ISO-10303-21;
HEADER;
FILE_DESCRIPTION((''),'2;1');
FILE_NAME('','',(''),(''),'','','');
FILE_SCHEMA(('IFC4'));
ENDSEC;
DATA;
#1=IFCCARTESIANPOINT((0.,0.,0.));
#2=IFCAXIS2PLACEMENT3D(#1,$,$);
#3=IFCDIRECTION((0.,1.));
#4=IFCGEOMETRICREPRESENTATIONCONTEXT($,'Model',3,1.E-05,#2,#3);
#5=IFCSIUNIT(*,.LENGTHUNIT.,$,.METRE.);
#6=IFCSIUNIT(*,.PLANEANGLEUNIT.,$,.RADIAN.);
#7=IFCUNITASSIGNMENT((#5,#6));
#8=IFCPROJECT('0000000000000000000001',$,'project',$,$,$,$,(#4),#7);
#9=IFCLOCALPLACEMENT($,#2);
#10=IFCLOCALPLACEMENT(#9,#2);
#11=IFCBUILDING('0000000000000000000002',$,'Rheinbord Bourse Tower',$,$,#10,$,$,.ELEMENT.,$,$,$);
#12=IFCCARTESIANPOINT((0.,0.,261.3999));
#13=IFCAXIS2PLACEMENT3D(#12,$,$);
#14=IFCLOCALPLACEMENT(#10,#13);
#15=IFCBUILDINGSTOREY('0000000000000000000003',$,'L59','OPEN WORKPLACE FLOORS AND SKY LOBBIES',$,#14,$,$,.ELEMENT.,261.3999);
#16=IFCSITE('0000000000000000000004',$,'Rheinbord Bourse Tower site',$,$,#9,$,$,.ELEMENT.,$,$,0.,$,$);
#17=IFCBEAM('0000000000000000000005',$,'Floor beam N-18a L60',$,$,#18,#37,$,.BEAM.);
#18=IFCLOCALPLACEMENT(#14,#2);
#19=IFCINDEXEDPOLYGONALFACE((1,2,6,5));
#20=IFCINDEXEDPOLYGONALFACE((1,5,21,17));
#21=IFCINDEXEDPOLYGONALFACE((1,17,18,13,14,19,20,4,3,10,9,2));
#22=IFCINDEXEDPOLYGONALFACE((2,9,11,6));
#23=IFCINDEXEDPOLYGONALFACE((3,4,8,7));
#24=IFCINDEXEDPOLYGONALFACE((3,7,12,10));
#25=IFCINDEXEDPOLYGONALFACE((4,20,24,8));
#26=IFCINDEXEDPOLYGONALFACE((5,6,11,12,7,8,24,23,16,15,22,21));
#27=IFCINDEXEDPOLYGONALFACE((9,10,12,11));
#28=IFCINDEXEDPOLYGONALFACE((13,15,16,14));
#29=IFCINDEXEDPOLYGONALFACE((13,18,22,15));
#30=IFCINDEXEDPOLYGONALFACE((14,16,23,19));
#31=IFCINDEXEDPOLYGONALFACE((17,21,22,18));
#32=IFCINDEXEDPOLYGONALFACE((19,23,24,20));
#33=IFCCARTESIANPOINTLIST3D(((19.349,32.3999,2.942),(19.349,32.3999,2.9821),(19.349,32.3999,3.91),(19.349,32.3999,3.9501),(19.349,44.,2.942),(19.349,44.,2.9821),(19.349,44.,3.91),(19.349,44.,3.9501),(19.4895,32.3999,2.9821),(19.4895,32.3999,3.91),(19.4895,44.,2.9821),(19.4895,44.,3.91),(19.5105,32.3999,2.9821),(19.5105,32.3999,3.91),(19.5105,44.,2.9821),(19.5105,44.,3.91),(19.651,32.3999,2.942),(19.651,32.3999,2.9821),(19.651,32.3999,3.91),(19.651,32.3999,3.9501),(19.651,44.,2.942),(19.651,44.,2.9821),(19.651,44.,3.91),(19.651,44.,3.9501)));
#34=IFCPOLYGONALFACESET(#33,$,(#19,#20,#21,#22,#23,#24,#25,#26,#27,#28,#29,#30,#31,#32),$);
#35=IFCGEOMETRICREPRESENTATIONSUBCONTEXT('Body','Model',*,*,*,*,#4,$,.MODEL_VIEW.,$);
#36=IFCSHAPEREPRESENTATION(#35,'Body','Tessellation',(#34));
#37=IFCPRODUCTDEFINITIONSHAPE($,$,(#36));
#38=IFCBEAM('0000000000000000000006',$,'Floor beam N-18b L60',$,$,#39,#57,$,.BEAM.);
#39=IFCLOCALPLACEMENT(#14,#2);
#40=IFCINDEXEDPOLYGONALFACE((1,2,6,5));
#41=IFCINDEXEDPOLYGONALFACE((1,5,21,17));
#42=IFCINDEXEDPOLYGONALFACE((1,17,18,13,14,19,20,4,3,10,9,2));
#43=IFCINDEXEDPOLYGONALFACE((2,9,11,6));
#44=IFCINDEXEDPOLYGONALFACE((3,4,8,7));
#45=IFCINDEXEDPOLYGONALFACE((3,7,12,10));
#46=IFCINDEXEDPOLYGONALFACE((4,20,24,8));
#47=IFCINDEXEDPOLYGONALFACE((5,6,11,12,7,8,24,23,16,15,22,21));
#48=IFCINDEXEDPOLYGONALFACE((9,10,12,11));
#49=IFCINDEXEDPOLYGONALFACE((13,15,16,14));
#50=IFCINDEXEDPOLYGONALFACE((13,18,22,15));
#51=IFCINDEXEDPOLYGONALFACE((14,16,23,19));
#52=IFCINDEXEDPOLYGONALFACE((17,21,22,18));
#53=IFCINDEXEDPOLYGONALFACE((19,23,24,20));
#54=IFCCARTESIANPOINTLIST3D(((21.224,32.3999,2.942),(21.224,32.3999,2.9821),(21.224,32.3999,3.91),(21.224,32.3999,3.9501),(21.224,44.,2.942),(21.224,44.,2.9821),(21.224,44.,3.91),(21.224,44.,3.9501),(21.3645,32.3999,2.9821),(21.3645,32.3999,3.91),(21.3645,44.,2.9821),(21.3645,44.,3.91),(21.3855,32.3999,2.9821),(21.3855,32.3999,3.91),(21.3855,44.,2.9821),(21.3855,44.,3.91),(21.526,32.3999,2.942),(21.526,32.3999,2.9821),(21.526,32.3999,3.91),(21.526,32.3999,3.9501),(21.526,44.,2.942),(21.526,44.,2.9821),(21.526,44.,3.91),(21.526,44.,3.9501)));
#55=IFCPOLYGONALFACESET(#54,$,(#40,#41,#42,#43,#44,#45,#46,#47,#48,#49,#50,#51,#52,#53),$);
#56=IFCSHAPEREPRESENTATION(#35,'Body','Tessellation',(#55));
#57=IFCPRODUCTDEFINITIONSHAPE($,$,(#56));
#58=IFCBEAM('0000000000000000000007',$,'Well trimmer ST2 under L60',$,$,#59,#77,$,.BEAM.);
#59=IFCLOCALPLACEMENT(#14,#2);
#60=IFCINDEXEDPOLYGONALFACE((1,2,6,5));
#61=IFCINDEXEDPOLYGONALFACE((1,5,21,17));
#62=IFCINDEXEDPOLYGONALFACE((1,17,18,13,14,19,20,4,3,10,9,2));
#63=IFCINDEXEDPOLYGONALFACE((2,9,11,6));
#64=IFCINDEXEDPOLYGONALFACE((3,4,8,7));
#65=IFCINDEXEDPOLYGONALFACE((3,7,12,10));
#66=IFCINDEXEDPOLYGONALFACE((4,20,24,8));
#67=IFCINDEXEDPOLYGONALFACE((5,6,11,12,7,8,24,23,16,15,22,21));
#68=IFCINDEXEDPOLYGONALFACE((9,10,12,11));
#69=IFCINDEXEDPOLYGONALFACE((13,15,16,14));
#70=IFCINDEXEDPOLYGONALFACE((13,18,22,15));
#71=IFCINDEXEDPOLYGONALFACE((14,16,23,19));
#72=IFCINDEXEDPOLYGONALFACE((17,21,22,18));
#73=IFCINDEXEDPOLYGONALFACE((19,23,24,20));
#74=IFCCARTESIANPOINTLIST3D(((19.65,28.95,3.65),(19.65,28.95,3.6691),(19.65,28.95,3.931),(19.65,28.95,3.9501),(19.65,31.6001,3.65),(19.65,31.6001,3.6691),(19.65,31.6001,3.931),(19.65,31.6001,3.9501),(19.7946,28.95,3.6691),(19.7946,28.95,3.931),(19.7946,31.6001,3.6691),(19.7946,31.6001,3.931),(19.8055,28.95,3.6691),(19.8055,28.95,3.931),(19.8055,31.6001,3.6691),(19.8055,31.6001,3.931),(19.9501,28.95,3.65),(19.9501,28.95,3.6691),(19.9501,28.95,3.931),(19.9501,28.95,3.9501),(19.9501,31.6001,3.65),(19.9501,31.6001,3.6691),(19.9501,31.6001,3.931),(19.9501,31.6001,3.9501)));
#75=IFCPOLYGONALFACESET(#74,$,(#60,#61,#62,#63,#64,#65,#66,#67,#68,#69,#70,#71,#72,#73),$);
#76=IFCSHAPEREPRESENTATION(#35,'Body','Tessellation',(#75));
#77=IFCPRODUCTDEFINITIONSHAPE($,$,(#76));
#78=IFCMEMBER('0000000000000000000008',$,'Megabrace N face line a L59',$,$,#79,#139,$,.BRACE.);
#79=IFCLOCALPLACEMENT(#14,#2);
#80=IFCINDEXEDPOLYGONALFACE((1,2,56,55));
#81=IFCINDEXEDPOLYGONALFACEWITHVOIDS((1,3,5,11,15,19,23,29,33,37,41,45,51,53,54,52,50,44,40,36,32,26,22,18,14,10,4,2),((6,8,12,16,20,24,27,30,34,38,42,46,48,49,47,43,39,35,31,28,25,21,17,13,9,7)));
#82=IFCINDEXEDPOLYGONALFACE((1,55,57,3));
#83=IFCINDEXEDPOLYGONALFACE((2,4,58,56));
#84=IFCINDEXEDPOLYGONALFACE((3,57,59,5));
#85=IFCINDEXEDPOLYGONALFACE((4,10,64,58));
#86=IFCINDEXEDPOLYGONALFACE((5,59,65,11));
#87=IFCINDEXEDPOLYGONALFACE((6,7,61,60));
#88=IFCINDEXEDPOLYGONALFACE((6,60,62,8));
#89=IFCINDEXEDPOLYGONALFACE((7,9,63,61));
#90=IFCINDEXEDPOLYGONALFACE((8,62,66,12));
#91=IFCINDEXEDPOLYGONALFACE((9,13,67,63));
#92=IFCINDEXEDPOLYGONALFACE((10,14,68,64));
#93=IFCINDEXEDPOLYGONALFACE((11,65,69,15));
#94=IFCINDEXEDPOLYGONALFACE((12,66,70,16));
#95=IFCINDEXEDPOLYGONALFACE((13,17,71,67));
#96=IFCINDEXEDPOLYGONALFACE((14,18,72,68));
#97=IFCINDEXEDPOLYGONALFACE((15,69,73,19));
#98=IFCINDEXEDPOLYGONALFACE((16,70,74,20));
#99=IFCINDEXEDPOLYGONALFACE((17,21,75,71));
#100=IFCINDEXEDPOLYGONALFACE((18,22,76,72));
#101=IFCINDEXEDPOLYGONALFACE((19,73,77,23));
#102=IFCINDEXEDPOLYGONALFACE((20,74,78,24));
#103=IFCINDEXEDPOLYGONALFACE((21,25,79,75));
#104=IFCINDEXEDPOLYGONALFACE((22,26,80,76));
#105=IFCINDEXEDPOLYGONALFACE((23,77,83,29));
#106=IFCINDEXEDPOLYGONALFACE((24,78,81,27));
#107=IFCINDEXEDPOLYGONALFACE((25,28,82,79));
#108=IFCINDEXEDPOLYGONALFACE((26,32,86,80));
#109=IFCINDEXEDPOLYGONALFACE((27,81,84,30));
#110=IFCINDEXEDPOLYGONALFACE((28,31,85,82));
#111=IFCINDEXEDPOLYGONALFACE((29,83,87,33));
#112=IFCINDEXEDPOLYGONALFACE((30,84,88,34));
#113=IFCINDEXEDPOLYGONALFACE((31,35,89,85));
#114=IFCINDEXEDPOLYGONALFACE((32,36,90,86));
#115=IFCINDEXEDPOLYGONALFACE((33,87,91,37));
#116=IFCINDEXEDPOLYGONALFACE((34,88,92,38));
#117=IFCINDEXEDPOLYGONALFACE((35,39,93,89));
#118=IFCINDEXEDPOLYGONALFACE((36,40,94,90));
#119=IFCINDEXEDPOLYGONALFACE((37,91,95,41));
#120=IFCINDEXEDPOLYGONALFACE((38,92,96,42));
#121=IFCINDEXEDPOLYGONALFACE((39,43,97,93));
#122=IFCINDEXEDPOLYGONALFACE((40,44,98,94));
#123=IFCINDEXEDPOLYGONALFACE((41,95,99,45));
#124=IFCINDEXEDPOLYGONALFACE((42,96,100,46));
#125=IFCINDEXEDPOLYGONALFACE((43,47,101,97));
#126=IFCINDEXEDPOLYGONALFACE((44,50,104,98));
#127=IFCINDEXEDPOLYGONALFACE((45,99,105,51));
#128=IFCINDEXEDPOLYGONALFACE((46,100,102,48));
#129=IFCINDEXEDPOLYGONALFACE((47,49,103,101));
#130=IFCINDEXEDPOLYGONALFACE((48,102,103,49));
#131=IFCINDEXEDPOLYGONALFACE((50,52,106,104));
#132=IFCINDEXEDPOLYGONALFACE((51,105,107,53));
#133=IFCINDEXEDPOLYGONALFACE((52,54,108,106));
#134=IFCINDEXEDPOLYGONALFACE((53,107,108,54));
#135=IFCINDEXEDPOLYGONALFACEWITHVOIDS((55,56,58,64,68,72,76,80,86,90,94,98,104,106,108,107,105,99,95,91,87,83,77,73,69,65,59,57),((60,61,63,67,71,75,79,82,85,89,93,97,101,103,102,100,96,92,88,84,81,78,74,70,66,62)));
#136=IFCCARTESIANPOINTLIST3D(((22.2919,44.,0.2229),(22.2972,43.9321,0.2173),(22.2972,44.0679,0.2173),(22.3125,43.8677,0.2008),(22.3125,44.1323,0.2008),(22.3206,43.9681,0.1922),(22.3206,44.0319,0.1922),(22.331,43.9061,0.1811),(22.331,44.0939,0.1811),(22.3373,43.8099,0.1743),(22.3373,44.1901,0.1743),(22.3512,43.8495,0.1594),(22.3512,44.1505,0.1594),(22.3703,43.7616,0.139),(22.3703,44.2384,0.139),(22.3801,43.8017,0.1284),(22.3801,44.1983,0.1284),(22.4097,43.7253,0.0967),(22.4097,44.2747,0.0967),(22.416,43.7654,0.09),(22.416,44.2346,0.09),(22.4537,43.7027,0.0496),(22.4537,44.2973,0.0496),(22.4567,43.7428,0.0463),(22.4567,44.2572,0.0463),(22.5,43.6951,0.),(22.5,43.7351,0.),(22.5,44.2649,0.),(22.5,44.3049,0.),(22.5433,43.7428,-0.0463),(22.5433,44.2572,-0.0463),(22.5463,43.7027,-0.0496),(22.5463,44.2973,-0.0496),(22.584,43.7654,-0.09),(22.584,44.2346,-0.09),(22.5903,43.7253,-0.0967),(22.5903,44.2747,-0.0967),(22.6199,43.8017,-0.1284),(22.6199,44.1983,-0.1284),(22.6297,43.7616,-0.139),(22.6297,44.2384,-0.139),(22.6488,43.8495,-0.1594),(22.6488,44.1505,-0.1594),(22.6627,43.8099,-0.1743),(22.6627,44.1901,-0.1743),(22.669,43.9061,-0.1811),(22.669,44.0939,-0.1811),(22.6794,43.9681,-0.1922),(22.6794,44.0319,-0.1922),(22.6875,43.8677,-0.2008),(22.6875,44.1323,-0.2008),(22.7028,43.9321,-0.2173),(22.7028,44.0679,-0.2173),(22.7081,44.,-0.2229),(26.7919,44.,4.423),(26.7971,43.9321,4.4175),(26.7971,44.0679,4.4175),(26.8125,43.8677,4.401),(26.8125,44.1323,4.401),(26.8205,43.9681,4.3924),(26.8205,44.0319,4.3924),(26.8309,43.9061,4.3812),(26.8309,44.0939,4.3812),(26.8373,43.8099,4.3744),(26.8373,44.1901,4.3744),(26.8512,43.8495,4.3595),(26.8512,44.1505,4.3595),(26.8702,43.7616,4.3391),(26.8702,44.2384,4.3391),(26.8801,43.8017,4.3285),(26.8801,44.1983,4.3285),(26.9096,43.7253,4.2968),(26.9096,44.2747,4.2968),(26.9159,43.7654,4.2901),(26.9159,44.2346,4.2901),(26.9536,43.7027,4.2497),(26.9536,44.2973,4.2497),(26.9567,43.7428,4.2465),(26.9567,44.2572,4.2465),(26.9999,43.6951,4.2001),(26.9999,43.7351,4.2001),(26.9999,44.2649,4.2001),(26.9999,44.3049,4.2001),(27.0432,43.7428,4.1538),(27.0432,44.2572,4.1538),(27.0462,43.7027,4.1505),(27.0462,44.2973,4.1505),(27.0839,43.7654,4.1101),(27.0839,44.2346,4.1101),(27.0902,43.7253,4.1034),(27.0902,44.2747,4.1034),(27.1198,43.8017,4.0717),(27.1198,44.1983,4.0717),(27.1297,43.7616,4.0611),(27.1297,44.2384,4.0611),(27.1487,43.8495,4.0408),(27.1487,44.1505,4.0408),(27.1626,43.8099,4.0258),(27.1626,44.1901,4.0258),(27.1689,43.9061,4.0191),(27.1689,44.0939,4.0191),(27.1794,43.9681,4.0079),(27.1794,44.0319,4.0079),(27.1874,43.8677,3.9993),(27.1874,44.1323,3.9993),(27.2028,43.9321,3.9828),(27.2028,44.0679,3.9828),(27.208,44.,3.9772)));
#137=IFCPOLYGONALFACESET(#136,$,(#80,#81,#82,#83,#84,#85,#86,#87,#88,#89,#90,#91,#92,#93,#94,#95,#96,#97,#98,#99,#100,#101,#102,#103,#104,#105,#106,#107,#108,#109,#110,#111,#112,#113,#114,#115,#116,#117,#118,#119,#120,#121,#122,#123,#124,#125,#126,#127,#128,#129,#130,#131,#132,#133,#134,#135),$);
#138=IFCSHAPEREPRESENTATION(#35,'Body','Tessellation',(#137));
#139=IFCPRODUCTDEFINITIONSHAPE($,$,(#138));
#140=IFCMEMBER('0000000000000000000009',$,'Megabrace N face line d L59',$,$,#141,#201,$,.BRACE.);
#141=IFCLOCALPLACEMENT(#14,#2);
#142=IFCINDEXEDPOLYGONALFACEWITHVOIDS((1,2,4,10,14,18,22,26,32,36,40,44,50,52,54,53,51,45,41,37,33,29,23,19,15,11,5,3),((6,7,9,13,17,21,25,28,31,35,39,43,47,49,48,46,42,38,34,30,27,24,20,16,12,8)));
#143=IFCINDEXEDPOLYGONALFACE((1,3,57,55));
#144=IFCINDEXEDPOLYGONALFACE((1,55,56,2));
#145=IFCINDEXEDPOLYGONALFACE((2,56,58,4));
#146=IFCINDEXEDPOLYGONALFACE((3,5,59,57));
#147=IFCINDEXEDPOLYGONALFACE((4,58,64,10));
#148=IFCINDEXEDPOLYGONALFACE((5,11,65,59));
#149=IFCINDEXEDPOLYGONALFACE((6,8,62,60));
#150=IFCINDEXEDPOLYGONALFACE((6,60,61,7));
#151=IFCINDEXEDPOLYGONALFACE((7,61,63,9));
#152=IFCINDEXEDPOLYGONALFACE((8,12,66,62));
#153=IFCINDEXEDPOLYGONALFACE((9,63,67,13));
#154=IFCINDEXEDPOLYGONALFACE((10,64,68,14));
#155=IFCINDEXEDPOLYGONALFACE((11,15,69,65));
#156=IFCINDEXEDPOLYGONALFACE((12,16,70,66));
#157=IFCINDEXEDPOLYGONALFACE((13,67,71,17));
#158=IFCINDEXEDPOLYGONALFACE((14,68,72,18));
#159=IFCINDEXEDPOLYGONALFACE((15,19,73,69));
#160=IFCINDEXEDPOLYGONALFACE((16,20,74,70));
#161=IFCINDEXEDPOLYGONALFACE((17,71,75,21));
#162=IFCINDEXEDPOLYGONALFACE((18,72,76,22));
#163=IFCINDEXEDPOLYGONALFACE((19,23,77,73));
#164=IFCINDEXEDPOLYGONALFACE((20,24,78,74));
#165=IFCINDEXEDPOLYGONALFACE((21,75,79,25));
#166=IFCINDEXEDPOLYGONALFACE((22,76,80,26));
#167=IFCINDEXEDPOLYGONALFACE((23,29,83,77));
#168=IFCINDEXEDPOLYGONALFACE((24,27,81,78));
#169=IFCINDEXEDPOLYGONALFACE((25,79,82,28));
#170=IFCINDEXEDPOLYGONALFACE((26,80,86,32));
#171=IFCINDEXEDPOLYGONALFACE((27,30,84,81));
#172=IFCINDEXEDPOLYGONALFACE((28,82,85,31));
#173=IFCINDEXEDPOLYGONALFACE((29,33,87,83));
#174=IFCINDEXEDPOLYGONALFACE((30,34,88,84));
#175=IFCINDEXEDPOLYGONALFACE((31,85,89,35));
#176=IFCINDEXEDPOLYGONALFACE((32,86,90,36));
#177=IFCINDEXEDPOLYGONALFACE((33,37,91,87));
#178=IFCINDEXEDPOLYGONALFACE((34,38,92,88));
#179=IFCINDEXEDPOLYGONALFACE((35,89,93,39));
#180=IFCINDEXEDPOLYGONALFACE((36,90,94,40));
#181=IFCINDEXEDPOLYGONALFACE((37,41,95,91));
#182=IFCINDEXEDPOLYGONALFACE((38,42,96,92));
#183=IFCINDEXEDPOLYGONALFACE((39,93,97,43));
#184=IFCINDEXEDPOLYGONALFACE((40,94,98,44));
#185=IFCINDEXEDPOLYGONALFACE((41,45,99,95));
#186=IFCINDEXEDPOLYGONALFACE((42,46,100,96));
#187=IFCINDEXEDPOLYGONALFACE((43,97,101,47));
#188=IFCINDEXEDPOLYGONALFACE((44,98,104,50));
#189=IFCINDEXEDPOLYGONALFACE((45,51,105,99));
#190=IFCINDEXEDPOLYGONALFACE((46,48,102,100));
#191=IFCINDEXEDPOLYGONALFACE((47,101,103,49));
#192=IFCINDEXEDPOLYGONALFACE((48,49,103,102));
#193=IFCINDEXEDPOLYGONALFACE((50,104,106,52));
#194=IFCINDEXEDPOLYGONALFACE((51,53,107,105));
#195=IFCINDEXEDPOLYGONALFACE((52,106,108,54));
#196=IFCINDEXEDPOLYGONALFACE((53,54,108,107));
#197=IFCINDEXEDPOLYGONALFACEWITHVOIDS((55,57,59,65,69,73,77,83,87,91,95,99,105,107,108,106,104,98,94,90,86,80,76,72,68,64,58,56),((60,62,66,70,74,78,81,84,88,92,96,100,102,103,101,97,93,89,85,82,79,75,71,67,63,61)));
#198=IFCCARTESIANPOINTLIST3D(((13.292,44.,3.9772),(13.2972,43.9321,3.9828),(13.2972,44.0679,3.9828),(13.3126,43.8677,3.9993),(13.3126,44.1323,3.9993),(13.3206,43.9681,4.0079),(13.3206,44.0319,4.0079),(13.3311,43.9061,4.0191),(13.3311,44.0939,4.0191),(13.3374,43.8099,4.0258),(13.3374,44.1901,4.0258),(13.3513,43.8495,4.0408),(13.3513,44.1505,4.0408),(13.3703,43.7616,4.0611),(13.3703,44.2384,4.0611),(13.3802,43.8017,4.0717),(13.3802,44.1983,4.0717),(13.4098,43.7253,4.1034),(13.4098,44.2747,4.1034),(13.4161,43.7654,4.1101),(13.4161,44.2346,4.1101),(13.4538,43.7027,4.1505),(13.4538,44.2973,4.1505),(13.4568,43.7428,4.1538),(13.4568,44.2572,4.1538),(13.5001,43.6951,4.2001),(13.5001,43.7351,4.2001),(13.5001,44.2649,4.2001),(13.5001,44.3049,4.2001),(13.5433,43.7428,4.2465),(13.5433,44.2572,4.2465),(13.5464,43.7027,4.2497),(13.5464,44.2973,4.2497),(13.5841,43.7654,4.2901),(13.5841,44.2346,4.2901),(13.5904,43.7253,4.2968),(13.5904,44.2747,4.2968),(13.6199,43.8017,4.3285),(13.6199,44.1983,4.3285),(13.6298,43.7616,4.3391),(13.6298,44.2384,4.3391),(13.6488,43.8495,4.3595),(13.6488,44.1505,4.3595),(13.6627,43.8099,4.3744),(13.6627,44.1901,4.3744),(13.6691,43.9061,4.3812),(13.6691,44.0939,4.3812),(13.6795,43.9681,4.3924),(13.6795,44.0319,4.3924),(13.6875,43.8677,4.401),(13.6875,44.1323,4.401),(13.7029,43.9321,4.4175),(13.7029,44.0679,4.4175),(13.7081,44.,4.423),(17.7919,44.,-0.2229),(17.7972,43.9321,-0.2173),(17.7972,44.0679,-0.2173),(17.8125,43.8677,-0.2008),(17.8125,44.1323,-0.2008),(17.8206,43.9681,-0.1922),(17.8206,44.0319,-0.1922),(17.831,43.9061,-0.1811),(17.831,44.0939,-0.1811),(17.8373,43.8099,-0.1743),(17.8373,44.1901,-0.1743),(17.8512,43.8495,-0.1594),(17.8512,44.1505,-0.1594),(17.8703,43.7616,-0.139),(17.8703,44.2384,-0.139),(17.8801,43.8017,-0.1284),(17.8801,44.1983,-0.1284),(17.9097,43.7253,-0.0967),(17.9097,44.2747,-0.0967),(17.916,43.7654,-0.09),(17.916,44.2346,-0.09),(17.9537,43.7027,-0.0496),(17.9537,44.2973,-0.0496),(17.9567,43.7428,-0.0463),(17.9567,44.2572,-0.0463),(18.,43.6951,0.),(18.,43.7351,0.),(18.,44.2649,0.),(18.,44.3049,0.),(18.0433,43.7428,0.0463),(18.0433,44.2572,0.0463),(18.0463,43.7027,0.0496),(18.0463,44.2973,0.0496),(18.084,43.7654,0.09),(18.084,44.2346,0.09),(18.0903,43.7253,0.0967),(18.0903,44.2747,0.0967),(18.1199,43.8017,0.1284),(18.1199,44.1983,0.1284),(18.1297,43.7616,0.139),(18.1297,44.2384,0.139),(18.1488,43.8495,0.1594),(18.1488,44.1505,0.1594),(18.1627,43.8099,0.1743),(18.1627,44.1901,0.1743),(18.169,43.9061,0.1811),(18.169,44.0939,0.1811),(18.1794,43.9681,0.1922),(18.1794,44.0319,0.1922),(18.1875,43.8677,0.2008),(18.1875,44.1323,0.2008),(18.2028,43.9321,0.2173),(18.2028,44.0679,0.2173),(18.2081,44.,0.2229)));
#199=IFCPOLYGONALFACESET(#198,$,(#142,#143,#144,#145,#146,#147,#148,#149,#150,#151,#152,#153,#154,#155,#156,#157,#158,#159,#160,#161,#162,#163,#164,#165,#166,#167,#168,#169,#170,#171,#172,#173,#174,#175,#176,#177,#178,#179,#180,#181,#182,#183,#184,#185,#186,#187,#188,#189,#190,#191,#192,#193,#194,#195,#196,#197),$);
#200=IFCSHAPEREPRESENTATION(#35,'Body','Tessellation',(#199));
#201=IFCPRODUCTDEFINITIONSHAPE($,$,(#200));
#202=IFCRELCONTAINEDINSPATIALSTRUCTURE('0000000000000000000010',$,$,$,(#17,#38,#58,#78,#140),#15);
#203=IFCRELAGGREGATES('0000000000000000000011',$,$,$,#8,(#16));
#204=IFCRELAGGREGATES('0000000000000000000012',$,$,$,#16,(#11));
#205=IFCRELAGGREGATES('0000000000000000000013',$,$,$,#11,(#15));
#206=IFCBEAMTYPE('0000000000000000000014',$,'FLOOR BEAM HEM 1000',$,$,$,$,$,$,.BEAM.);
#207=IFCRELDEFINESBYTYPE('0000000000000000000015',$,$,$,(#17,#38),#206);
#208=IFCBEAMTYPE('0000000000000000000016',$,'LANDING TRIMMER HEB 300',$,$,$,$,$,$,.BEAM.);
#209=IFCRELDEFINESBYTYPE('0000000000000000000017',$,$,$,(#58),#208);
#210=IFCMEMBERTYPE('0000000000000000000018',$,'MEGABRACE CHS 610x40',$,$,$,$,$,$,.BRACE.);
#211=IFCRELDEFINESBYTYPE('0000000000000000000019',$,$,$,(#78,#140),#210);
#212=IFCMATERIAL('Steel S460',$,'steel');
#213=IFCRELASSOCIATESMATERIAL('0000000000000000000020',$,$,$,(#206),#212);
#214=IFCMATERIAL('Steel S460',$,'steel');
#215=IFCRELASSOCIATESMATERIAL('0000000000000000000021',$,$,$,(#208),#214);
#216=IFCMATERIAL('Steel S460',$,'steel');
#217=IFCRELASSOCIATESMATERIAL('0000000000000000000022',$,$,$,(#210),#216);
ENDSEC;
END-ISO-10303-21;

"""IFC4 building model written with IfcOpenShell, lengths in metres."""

from ifc_helpers import new_model, si_unit, direction, frame, origin, origin_2d, place, context, subcontext, project, spatial, hollow_circle, i_section, extrude, material, material_profile, profile_set, type_object, element, save


model = new_model("IFC4")

# Units and contexts
model_context = context("Model", 3, precision=1e-05, world=origin(), true_north=direction((0.0, 1.0)))
body_context = subcontext(model_context, "Body", "Model", "MODEL_VIEW")
ifc_project = project(units=[si_unit("LENGTHUNIT", "METRE"), si_unit("PLANEANGLEUNIT", "RADIAN")], contexts=[model_context])

# Site, building, storey
site_placement = place(None, origin())
site = spatial("IfcSite", under=ifc_project, at=site_placement, Name="Rheinbord Bourse Tower site", CompositionType="ELEMENT", RefElevation=0.0)
building_placement = place(site_placement, origin())
building = spatial("IfcBuilding", under=site, at=building_placement, Name="Rheinbord Bourse Tower", CompositionType="ELEMENT")
storey_placement = place(building_placement, frame((0.0, 0.0, 261.3999)))
storey = spatial("IfcBuildingStorey", under=building, at=storey_placement, Name="L59", Description="OPEN WORKPLACE FLOORS AND SKY LOBBIES", CompositionType="ELEMENT", Elevation=261.3999)

# Beams
ifc_material_1 = material(Name="Steel S460", Category="steel")
ifc_material_profile_1 = material_profile(ifc_material_1, i_section(OverallWidth=0.302, OverallDepth=1.0081, WebThickness=0.021, FlangeThickness=0.04, at=origin_2d()), Name="HEM 1000")
ifc_profile_set_1 = profile_set([ifc_material_profile_1], Name="Steel S460")
beam_type_1 = type_object("IfcBeamType", Name="FLOOR BEAM HEM 1000", PredefinedType="BEAM", material=ifc_profile_set_1)
for number, where, z_axis, x_axis, name in (
    (1, (19.5, 44.0, 3.446), (0.0, -1.0, 0.0), (1.0, 0.0, 0.0), "Floor beam N-18a L60"),
    (2, (21.375, 44.0, 3.446), (0.0, -1.0, 0.0), (1.0, 0.0, 0.0), "Floor beam N-18b L60"),
):
    element("IfcBeam", number, at=place(storey_placement, frame(where, z_axis=z_axis, x_axis=x_axis)), inside=storey, type_object=beam_type_1, Name=name, PredefinedType="BEAM", context=body_context, shape_type="SweptSolid", body=[
        extrude(i_section(OverallWidth=0.302, OverallDepth=1.0081, WebThickness=0.021, FlangeThickness=0.04, at=origin_2d()), origin(), (0.0, 0.0, 1.0), 11.6001),
    ])
ifc_material_2 = material(Name="Steel S460", Category="steel")
ifc_material_profile_2 = material_profile(ifc_material_2, i_section(OverallWidth=0.3, OverallDepth=0.3, WebThickness=0.011, FlangeThickness=0.019, at=origin_2d()), Name="HEB 300")
ifc_profile_set_2 = profile_set([ifc_material_profile_2], Name="Steel S460")
beam_type_2 = type_object("IfcBeamType", Name="LANDING TRIMMER HEB 300", PredefinedType="BEAM", material=ifc_profile_set_2)
beam_placement = place(storey_placement, frame((19.8, 28.95, 3.8), z_axis=(0.0, 1.0, 0.0), x_axis=(-1.0, 0.0, 0.0)))
element("IfcBeam", 3, at=beam_placement, inside=storey, type_object=beam_type_2, Name="Well trimmer ST2 under L60", PredefinedType="BEAM", context=body_context, shape_type="SweptSolid", body=[
    extrude(i_section(OverallWidth=0.3, OverallDepth=0.3, WebThickness=0.011, FlangeThickness=0.019, at=origin_2d()), origin(), (0.0, 0.0, 1.0), 2.6501),
])

# Members
ifc_material_3 = material(Name="Steel S460", Category="steel")
ifc_material_profile_3 = material_profile(ifc_material_3, hollow_circle(Radius=0.3049, WallThickness=0.04, at=origin_2d()), Name="CHS 610x40")
ifc_profile_set_3 = profile_set([ifc_material_profile_3], Name="Steel S460")
member_type_1 = type_object("IfcMemberType", Name="MEGABRACE CHS 610x40", PredefinedType="BRACE", material=ifc_profile_set_3)
for number, where, z_axis, x_axis, name in (
    (4, (22.5, 44.0, 0.0), (0.731039, 0.0, 0.682335), (0.0, 1.0, 0.0), "Megabrace N face line a L59"),
    (5, (18.0, 44.0, 0.0), (-0.731039, 0.0, 0.682335), (0.0, -1.0, 0.0), "Megabrace N face line d L59"),
):
    element("IfcMember", number, at=place(storey_placement, frame(where, z_axis=z_axis, x_axis=x_axis)), inside=storey, type_object=member_type_1, Name=name, PredefinedType="BRACE", context=body_context, shape_type="SweptSolid", body=[
        extrude(hollow_circle(Radius=0.3049, WallThickness=0.04, at=origin_2d()), origin(), (0.0, 0.0, 1.0), 6.1555),
    ])

save(model, "model.ifc")
